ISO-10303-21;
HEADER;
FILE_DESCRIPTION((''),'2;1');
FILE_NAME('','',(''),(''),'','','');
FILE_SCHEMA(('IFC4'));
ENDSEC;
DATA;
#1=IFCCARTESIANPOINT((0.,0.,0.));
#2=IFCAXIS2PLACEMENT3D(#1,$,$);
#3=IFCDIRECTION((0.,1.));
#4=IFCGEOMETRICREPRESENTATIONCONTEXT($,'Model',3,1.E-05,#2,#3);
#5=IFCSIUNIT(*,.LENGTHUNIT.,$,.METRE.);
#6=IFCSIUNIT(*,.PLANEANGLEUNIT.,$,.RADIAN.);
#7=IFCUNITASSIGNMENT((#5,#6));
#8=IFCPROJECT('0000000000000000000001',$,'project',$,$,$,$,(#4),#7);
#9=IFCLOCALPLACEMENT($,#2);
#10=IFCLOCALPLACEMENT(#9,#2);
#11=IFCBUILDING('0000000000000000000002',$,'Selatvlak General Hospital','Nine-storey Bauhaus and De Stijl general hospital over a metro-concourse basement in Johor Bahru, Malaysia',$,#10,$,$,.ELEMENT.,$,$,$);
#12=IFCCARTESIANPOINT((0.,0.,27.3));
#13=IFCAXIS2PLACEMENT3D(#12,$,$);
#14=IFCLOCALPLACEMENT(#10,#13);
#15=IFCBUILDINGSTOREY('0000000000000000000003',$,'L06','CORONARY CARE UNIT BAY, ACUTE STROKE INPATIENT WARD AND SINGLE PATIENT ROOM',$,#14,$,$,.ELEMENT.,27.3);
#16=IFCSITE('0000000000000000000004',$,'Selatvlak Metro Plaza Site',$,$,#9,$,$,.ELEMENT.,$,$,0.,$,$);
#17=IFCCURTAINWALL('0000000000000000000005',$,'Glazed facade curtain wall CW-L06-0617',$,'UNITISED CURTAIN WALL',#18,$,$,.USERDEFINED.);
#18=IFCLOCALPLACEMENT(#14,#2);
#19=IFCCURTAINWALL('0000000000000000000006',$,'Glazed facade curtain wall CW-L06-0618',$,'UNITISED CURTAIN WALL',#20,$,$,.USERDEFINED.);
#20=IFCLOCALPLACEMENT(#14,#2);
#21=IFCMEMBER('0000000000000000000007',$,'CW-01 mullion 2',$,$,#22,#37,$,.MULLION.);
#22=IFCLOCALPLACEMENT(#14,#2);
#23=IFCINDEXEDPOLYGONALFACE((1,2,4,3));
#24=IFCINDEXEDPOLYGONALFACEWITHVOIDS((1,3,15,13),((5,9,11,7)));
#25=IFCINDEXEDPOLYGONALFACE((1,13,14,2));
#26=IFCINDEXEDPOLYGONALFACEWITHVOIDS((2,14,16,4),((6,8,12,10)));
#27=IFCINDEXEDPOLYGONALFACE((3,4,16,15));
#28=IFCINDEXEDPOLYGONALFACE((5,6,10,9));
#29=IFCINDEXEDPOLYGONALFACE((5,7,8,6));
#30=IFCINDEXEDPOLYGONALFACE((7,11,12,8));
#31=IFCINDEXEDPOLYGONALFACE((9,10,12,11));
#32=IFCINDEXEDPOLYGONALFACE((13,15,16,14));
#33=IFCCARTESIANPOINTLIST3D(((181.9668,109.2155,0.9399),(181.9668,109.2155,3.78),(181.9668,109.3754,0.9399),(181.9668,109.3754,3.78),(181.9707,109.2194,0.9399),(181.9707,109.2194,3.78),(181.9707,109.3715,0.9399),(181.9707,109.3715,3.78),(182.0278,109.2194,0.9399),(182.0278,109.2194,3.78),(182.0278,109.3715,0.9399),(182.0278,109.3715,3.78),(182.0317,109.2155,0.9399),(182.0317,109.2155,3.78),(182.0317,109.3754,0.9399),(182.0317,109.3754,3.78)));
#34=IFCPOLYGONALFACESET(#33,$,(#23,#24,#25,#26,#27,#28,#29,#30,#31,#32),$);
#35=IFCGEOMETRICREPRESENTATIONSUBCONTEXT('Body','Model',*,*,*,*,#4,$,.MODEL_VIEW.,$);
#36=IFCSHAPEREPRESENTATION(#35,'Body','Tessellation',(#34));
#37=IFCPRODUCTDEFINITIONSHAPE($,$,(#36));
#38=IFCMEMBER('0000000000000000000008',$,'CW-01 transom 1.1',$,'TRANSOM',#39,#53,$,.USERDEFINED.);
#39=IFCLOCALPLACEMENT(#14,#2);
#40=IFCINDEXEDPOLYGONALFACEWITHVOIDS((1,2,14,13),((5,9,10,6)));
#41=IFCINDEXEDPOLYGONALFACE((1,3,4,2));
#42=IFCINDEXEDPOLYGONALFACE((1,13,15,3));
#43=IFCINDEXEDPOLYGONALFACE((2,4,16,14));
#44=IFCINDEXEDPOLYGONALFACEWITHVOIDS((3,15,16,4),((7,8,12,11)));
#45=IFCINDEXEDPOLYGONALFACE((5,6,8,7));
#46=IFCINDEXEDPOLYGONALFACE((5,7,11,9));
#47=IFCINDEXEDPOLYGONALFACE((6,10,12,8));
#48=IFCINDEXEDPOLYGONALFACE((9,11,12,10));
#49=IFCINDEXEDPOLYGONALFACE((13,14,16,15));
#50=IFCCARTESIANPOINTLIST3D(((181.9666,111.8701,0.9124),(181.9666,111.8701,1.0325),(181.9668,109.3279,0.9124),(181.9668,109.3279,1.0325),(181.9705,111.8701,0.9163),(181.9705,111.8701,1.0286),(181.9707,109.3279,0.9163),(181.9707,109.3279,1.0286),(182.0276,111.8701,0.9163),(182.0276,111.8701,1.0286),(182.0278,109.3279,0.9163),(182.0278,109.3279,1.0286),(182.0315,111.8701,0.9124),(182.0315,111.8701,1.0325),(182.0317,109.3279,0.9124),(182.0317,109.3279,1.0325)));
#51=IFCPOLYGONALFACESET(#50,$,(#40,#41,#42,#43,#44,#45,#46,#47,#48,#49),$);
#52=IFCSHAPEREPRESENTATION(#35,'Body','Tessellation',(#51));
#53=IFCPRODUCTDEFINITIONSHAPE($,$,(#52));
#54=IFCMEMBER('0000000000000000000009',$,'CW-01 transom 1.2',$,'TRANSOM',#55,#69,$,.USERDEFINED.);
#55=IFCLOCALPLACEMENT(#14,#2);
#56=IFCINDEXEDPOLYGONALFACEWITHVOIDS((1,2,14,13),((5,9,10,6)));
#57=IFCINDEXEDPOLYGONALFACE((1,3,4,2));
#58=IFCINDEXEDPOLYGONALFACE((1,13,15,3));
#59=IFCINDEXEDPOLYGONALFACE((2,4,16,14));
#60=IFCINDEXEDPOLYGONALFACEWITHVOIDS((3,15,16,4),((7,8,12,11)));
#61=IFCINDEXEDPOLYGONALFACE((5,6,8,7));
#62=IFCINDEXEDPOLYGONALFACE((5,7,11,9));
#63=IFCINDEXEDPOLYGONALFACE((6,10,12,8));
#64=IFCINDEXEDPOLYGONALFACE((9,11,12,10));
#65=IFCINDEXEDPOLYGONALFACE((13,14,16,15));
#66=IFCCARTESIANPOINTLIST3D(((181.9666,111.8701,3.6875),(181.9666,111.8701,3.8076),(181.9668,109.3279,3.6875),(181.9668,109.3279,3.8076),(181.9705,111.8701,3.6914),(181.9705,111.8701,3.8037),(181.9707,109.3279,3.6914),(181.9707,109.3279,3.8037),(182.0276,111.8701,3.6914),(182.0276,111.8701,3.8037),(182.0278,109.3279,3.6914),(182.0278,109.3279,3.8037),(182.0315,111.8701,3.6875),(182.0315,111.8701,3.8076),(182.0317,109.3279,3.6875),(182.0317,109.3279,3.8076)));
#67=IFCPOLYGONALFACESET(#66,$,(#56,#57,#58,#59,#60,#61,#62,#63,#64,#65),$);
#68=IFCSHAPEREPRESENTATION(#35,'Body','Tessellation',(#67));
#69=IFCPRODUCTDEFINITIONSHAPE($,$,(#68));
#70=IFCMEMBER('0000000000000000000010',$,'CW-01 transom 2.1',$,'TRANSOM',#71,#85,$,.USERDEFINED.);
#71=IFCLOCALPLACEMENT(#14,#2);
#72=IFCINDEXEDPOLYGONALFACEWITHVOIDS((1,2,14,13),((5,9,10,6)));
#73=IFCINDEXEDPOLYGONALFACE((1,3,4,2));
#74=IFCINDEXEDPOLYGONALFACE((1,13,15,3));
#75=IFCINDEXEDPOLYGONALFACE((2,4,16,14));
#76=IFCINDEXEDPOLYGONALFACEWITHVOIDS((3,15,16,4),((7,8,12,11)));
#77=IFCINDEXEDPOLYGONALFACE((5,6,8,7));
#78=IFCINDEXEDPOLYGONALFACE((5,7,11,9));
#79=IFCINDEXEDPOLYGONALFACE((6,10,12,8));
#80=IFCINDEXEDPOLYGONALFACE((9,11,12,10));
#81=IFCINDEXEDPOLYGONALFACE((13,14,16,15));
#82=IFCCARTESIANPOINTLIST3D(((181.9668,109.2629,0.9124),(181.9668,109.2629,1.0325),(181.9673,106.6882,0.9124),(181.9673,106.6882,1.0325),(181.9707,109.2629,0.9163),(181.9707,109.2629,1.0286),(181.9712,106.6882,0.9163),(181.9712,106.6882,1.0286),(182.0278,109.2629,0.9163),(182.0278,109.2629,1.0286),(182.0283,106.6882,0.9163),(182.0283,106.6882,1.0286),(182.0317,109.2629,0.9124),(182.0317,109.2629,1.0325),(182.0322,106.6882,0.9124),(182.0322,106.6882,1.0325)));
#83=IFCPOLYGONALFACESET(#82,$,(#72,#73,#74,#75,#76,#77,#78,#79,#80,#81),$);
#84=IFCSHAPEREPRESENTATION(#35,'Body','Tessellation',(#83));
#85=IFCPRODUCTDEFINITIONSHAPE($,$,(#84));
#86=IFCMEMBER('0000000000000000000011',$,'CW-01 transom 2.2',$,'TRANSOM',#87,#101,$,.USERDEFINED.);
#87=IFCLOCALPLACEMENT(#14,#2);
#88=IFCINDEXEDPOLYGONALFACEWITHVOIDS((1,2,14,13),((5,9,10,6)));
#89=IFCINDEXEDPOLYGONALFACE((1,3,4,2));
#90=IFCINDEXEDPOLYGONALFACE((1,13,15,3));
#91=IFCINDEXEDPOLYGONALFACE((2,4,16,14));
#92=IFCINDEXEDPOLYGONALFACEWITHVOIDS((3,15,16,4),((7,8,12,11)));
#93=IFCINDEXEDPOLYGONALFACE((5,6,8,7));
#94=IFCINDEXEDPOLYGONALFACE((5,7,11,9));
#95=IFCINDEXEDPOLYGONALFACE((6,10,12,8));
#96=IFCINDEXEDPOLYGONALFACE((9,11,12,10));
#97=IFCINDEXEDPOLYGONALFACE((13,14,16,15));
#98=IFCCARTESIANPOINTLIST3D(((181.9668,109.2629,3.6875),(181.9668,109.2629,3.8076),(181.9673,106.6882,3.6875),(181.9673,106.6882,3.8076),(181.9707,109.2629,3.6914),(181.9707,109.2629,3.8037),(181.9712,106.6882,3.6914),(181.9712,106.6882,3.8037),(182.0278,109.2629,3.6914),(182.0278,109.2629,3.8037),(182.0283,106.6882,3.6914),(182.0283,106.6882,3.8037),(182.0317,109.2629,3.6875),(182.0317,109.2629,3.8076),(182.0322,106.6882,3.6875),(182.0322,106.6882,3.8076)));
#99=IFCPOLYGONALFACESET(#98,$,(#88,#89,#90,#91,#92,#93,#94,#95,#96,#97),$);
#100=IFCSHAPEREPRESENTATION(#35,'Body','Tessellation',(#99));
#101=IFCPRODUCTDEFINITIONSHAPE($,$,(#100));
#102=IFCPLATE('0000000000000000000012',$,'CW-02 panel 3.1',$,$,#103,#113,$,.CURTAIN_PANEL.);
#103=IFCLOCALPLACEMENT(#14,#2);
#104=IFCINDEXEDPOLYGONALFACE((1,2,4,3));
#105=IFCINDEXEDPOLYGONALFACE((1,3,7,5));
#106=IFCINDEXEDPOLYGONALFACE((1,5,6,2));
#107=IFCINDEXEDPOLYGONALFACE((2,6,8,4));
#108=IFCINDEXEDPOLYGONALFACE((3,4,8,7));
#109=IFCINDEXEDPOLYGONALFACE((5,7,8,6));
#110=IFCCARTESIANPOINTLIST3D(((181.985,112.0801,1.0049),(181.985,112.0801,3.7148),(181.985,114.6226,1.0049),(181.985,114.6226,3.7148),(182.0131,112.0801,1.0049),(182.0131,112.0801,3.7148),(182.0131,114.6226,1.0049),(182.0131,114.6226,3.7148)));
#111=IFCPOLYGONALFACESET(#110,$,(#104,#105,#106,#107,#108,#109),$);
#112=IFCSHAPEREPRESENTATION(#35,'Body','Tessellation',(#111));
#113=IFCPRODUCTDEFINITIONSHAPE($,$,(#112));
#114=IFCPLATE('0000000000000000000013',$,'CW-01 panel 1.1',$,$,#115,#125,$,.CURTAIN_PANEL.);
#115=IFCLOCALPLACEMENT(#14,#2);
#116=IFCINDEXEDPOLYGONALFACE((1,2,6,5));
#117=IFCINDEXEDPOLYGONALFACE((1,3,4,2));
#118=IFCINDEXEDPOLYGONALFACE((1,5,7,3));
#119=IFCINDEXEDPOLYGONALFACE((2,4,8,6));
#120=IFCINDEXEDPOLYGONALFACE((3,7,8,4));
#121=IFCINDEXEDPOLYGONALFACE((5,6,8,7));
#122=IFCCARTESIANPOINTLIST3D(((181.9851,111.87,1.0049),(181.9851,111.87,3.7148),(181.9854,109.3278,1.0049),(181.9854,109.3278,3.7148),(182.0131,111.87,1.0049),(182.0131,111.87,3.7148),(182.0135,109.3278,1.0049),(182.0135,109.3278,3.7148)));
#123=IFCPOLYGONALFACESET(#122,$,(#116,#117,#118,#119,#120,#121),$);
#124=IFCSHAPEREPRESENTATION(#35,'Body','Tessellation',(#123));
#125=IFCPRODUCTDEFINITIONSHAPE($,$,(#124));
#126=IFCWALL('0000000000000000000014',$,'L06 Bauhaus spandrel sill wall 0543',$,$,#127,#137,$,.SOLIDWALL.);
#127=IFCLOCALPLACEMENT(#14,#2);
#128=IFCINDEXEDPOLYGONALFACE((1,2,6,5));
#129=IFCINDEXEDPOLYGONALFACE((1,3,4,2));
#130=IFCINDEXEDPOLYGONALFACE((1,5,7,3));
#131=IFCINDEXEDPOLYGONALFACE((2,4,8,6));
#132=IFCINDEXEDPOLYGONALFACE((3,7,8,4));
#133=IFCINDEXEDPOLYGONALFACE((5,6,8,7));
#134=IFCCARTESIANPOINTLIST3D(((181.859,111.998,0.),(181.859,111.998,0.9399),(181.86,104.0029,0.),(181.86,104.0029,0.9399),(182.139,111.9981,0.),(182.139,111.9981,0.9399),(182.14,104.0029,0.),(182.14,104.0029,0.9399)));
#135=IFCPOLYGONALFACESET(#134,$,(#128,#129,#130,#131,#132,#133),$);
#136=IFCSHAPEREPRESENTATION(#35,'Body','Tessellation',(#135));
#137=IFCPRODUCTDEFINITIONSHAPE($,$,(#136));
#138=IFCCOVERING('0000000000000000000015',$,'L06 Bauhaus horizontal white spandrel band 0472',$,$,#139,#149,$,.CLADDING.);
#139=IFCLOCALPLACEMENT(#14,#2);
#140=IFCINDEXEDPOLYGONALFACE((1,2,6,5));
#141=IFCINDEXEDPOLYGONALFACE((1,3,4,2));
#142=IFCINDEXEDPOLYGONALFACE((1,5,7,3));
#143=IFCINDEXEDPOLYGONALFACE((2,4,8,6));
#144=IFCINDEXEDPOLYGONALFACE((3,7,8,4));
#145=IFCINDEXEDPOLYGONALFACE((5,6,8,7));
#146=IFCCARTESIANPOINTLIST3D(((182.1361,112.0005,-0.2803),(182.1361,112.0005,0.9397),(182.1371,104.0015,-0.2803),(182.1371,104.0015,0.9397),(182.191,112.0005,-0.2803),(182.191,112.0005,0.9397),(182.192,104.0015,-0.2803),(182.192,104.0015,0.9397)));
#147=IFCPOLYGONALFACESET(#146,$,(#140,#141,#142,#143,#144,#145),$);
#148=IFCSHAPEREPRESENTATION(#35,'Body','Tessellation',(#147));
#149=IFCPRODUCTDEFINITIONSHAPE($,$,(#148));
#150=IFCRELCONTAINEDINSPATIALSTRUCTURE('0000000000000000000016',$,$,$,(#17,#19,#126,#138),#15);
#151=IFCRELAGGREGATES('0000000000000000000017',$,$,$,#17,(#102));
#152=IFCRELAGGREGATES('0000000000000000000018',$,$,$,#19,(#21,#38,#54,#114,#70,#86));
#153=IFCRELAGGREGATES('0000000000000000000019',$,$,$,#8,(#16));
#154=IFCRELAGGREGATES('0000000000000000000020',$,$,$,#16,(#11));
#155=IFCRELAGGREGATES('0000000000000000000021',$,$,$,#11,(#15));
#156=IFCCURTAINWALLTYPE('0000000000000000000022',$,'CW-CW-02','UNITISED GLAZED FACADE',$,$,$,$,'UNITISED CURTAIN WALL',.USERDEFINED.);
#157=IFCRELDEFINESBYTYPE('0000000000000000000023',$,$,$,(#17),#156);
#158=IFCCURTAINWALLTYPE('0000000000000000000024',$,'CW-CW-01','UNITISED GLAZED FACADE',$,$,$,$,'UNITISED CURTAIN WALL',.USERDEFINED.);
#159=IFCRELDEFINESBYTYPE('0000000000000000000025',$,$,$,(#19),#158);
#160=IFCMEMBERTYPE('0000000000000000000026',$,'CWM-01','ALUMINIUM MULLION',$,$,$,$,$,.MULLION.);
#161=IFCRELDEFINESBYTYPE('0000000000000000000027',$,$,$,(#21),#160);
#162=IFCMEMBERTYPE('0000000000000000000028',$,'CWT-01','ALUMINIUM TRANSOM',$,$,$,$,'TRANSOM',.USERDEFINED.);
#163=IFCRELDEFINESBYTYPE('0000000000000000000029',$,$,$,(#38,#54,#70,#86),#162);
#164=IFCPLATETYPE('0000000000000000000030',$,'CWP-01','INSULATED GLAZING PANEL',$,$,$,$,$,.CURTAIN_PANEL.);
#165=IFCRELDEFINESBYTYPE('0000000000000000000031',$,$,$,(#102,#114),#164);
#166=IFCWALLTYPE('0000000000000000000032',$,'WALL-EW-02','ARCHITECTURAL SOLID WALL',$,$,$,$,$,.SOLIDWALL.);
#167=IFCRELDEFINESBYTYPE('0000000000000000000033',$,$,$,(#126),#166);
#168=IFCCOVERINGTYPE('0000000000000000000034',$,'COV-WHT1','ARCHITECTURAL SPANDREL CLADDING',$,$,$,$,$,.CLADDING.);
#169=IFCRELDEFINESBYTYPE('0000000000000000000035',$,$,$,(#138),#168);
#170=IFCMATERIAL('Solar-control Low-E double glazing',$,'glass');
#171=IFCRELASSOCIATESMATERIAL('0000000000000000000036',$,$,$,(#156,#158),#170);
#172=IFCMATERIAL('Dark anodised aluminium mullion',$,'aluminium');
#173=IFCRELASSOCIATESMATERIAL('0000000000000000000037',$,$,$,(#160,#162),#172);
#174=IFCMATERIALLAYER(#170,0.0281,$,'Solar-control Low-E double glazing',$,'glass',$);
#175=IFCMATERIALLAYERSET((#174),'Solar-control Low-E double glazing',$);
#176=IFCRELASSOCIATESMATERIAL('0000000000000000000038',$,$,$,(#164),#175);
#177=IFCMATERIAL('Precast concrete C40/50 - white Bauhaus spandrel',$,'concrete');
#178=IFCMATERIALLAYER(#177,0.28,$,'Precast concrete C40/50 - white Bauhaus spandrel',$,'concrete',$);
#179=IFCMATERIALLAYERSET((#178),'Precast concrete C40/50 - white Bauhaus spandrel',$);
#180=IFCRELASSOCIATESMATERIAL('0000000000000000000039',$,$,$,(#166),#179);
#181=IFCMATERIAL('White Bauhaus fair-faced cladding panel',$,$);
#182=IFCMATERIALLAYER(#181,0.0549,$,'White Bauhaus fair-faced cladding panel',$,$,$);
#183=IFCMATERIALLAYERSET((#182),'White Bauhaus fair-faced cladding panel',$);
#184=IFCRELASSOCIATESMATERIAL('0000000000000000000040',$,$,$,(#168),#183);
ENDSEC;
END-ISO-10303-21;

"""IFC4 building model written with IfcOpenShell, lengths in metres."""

from ifc_helpers import new_model, si_unit, direction, frame, frame_2d, origin, origin_2d, place, context, subcontext, project, spatial, rectangle, hollow_rectangle, extrude, material, layer, layer_set, material_profile, profile_set, type_object, element, aggregate, save


model = new_model("IFC4")

# Units and contexts
model_context = context("Model", 3, precision=1e-05, world=origin(), true_north=direction((0.0, 1.0)))
body_context = subcontext(model_context, "Body", "Model", "MODEL_VIEW")
ifc_project = project(units=[si_unit("LENGTHUNIT", "METRE"), si_unit("PLANEANGLEUNIT", "RADIAN")], contexts=[model_context])

# Site, building, storey
site_placement = place(None, origin())
site = spatial("IfcSite", under=ifc_project, at=site_placement, Name="Selatvlak Metro Plaza Site", CompositionType="ELEMENT", RefElevation=0.0)
building_placement = place(site_placement, origin())
building = spatial("IfcBuilding", under=site, at=building_placement, Name="Selatvlak General Hospital", Description="Nine-storey Bauhaus and De Stijl general hospital over a metro-concourse basement in Johor Bahru, Malaysia", CompositionType="ELEMENT")
storey_placement = place(building_placement, frame((0.0, 0.0, 27.3)))
storey = spatial("IfcBuildingStorey", under=building, at=storey_placement, Name="L06", Description="CORONARY CARE UNIT BAY, ACUTE STROKE INPATIENT WARD AND SINGLE PATIENT ROOM", CompositionType="ELEMENT", Elevation=27.3)

# Curtain wall
ifc_material_1 = material(Name="Solar-control Low-E double glazing", Category="glass")
curtain_wall_type_1 = type_object("IfcCurtainWallType", Name="CW-CW-02", Description="UNITISED GLAZED FACADE", ElementType="UNITISED CURTAIN WALL", PredefinedType="USERDEFINED", material=ifc_material_1)
curtain_wall_1_placement = place(storey_placement, origin())
curtain_wall_1 = element("IfcCurtainWall", 1, at=curtain_wall_1_placement, inside=storey, type_object=curtain_wall_type_1, Name="Glazed facade curtain wall CW-L06-0617", ObjectType="UNITISED CURTAIN WALL", PredefinedType="USERDEFINED")
ifc_material_2 = material(Name="Dark anodised aluminium mullion", Category="aluminium")
ifc_material_profile_1 = material_profile(ifc_material_2, hollow_rectangle(XDim=0.0649, YDim=0.1599, WallThickness=0.0039, at=origin_2d()), Name="AL-MUL 65x160x4")
ifc_profile_set_1 = profile_set([ifc_material_profile_1], Name="Dark anodised aluminium mullion")
member_type_1 = type_object("IfcMemberType", Name="CWM-01", Description="ALUMINIUM MULLION", PredefinedType="MULLION", material=ifc_profile_set_1)

# Curtain wall, members
curtain_wall_type_2 = type_object("IfcCurtainWallType", Name="CW-CW-01", Description="UNITISED GLAZED FACADE", ElementType="UNITISED CURTAIN WALL", PredefinedType="USERDEFINED", material=ifc_material_1)
curtain_wall_2_placement = place(storey_placement, origin())
curtain_wall_2 = element("IfcCurtainWall", 2, at=curtain_wall_2_placement, inside=storey, type_object=curtain_wall_type_2, Name="Glazed facade curtain wall CW-L06-0618", ObjectType="UNITISED CURTAIN WALL", PredefinedType="USERDEFINED")
member_1_placement = place(storey_placement, frame((181.9993, 109.2954, 0.9399), z_axis=(0.0, 0.0, 1.0), x_axis=(1.0, 0.000126, 0.0)))
member_1 = element("IfcMember", 3, at=member_1_placement, type_object=member_type_1, Name="CW-01 mullion 2", PredefinedType="MULLION", context=body_context, shape_type="SweptSolid", body=[
    extrude(hollow_rectangle(XDim=0.0649, YDim=0.1599, WallThickness=0.0039, at=origin_2d()), origin(), (0.0, 0.0, 1.0), 2.8401),
])
ifc_material_profile_2 = material_profile(ifc_material_2, hollow_rectangle(XDim=0.0649, YDim=0.1201, WallThickness=0.0039, at=origin_2d()), Name="AL-TRN 65x120x4")
ifc_profile_set_2 = profile_set([ifc_material_profile_2], Name="Dark anodised aluminium mullion")
member_type_2 = type_object("IfcMemberType", Name="CWT-01", Description="ALUMINIUM TRANSOM", ElementType="TRANSOM", PredefinedType="USERDEFINED", material=ifc_profile_set_2)
member_2_placement = place(storey_placement, frame((181.999, 111.8701, 0.9724), z_axis=(0.000096, -1.0, 0.0), x_axis=(1.0, 0.000096, 0.0)))
member_2 = element("IfcMember", 4, at=member_2_placement, type_object=member_type_2, Name="CW-01 transom 1.1", ObjectType="TRANSOM", PredefinedType="USERDEFINED", context=body_context, shape_type="SweptSolid", body=[
    extrude(hollow_rectangle(XDim=0.0649, YDim=0.1201, WallThickness=0.0039, at=origin_2d()), origin(), (0.0, 0.0, 1.0), 2.5422),
])
member_3_placement = place(storey_placement, frame((181.999, 111.8701, 3.7476), z_axis=(0.000096, -1.0, 0.0), x_axis=(1.0, 0.000096, 0.0)))
member_3 = element("IfcMember", 5, at=member_3_placement, type_object=member_type_2, Name="CW-01 transom 1.2", ObjectType="TRANSOM", PredefinedType="USERDEFINED", context=body_context, shape_type="SweptSolid", body=[
    extrude(hollow_rectangle(XDim=0.0649, YDim=0.1201, WallThickness=0.0039, at=origin_2d()), origin(), (0.0, 0.0, 1.0), 2.5422),
])
member_4_placement = place(storey_placement, frame((181.9993, 109.2629, 0.9724), z_axis=(0.00019, -1.0, 0.0), x_axis=(1.0, 0.00019, 0.0)))
member_4 = element("IfcMember", 6, at=member_4_placement, type_object=member_type_2, Name="CW-01 transom 2.1", ObjectType="TRANSOM", PredefinedType="USERDEFINED", context=body_context, shape_type="SweptSolid", body=[
    extrude(hollow_rectangle(XDim=0.0649, YDim=0.1201, WallThickness=0.0039, at=origin_2d()), origin(), (0.0, 0.0, 1.0), 2.5747),
])
member_5_placement = place(storey_placement, frame((181.9993, 109.2629, 3.7476), z_axis=(0.00019, -1.0, 0.0), x_axis=(1.0, 0.00019, 0.0)))
member_5 = element("IfcMember", 7, at=member_5_placement, type_object=member_type_2, Name="CW-01 transom 2.2", ObjectType="TRANSOM", PredefinedType="USERDEFINED", context=body_context, shape_type="SweptSolid", body=[
    extrude(hollow_rectangle(XDim=0.0649, YDim=0.1201, WallThickness=0.0039, at=origin_2d()), origin(), (0.0, 0.0, 1.0), 2.5747),
])

# Plates
ifc_layer_1 = layer(ifc_material_1, 0.0281, Name="Solar-control Low-E double glazing", Category="glass")
ifc_layer_set_1 = layer_set([ifc_layer_1], Name="Solar-control Low-E double glazing")
plate_type = type_object("IfcPlateType", Name="CWP-01", Description="INSULATED GLAZING PANEL", PredefinedType="CURTAIN_PANEL", material=ifc_layer_set_1)
plate_1_placement = place(storey_placement, frame((181.999, 113.3513, 1.0049), z_axis=(0.0, 0.0, 1.0), x_axis=(0.0, -1.0, 0.0)))
plate_1 = element("IfcPlate", 8, at=plate_1_placement, type_object=plate_type, Name="CW-02 panel 3.1", PredefinedType="CURTAIN_PANEL", context=body_context, shape_type="SweptSolid", body=[
    extrude(rectangle(XDim=2.5425, YDim=0.0281, at=origin_2d()), origin(), (0.0, 0.0, 1.0), 2.71),
])
aggregate(curtain_wall_1, [plate_1])
plate_2_placement = place(storey_placement, frame((181.9993, 110.5989, 1.0049), z_axis=(0.0, 0.0, 1.0), x_axis=(0.000126, -1.0, 0.0)))
plate_2 = element("IfcPlate", 9, at=plate_2_placement, type_object=plate_type, Name="CW-01 panel 1.1", PredefinedType="CURTAIN_PANEL", context=body_context, shape_type="SweptSolid", body=[
    extrude(rectangle(XDim=2.5422, YDim=0.0281, at=origin_2d()), origin(), (0.0, 0.0, 1.0), 2.71),
])
aggregate(curtain_wall_2, [member_1, member_2, member_3, plate_2, member_4, member_5])

# Wall
ifc_material_3 = material(Name="Precast concrete C40/50 - white Bauhaus spandrel", Category="concrete")
ifc_layer_2 = layer(ifc_material_3, 0.28, Name="Precast concrete C40/50 - white Bauhaus spandrel", Category="concrete")
ifc_layer_set_2 = layer_set([ifc_layer_2], Name="Precast concrete C40/50 - white Bauhaus spandrel")
wall_type_1 = type_object("IfcWallType", Name="WALL-EW-02", Description="ARCHITECTURAL SOLID WALL", PredefinedType="SOLIDWALL", material=ifc_layer_set_2)
wall_1_placement = place(storey_placement, frame((181.999, 111.998, 0.0), z_axis=(0.0, 0.0, 1.0), x_axis=(0.000122, -1.0, 0.0)))
element("IfcWall", 10, at=wall_1_placement, inside=storey, type_object=wall_type_1, Name="L06 Bauhaus spandrel sill wall 0543", PredefinedType="SOLIDWALL", context=body_context, shape_type="SweptSolid", body=[
    extrude(rectangle(XDim=7.9951, YDim=0.28, at=frame_2d((3.9976, 0.0))), origin(), (0.0, 0.0, 1.0), 0.9399),
])

# Covering
ifc_material_4 = material(Name="White Bauhaus fair-faced cladding panel")
ifc_layer_3 = layer(ifc_material_4, 0.0549, Name="White Bauhaus fair-faced cladding panel")
ifc_layer_set_3 = layer_set([ifc_layer_3], Name="White Bauhaus fair-faced cladding panel")
covering_type = type_object("IfcCoveringType", Name="COV-WHT1", Description="ARCHITECTURAL SPANDREL CLADDING", PredefinedType="CLADDING", material=ifc_layer_set_3)
covering_placement = place(storey_placement, frame((182.1641, 108.001, -0.2803), z_axis=(0.0, 0.0, 1.0), x_axis=(0.000122, -1.0, 0.0)))
element("IfcCovering", 11, at=covering_placement, inside=storey, type_object=covering_type, Name="L06 Bauhaus horizontal white spandrel band 0472", PredefinedType="CLADDING", context=body_context, shape_type="SweptSolid", body=[
    extrude(rectangle(XDim=7.999, YDim=0.0549, at=origin_2d()), origin(), (0.0, 0.0, 1.0), 1.22),
])

save(model, "model.ifc")
